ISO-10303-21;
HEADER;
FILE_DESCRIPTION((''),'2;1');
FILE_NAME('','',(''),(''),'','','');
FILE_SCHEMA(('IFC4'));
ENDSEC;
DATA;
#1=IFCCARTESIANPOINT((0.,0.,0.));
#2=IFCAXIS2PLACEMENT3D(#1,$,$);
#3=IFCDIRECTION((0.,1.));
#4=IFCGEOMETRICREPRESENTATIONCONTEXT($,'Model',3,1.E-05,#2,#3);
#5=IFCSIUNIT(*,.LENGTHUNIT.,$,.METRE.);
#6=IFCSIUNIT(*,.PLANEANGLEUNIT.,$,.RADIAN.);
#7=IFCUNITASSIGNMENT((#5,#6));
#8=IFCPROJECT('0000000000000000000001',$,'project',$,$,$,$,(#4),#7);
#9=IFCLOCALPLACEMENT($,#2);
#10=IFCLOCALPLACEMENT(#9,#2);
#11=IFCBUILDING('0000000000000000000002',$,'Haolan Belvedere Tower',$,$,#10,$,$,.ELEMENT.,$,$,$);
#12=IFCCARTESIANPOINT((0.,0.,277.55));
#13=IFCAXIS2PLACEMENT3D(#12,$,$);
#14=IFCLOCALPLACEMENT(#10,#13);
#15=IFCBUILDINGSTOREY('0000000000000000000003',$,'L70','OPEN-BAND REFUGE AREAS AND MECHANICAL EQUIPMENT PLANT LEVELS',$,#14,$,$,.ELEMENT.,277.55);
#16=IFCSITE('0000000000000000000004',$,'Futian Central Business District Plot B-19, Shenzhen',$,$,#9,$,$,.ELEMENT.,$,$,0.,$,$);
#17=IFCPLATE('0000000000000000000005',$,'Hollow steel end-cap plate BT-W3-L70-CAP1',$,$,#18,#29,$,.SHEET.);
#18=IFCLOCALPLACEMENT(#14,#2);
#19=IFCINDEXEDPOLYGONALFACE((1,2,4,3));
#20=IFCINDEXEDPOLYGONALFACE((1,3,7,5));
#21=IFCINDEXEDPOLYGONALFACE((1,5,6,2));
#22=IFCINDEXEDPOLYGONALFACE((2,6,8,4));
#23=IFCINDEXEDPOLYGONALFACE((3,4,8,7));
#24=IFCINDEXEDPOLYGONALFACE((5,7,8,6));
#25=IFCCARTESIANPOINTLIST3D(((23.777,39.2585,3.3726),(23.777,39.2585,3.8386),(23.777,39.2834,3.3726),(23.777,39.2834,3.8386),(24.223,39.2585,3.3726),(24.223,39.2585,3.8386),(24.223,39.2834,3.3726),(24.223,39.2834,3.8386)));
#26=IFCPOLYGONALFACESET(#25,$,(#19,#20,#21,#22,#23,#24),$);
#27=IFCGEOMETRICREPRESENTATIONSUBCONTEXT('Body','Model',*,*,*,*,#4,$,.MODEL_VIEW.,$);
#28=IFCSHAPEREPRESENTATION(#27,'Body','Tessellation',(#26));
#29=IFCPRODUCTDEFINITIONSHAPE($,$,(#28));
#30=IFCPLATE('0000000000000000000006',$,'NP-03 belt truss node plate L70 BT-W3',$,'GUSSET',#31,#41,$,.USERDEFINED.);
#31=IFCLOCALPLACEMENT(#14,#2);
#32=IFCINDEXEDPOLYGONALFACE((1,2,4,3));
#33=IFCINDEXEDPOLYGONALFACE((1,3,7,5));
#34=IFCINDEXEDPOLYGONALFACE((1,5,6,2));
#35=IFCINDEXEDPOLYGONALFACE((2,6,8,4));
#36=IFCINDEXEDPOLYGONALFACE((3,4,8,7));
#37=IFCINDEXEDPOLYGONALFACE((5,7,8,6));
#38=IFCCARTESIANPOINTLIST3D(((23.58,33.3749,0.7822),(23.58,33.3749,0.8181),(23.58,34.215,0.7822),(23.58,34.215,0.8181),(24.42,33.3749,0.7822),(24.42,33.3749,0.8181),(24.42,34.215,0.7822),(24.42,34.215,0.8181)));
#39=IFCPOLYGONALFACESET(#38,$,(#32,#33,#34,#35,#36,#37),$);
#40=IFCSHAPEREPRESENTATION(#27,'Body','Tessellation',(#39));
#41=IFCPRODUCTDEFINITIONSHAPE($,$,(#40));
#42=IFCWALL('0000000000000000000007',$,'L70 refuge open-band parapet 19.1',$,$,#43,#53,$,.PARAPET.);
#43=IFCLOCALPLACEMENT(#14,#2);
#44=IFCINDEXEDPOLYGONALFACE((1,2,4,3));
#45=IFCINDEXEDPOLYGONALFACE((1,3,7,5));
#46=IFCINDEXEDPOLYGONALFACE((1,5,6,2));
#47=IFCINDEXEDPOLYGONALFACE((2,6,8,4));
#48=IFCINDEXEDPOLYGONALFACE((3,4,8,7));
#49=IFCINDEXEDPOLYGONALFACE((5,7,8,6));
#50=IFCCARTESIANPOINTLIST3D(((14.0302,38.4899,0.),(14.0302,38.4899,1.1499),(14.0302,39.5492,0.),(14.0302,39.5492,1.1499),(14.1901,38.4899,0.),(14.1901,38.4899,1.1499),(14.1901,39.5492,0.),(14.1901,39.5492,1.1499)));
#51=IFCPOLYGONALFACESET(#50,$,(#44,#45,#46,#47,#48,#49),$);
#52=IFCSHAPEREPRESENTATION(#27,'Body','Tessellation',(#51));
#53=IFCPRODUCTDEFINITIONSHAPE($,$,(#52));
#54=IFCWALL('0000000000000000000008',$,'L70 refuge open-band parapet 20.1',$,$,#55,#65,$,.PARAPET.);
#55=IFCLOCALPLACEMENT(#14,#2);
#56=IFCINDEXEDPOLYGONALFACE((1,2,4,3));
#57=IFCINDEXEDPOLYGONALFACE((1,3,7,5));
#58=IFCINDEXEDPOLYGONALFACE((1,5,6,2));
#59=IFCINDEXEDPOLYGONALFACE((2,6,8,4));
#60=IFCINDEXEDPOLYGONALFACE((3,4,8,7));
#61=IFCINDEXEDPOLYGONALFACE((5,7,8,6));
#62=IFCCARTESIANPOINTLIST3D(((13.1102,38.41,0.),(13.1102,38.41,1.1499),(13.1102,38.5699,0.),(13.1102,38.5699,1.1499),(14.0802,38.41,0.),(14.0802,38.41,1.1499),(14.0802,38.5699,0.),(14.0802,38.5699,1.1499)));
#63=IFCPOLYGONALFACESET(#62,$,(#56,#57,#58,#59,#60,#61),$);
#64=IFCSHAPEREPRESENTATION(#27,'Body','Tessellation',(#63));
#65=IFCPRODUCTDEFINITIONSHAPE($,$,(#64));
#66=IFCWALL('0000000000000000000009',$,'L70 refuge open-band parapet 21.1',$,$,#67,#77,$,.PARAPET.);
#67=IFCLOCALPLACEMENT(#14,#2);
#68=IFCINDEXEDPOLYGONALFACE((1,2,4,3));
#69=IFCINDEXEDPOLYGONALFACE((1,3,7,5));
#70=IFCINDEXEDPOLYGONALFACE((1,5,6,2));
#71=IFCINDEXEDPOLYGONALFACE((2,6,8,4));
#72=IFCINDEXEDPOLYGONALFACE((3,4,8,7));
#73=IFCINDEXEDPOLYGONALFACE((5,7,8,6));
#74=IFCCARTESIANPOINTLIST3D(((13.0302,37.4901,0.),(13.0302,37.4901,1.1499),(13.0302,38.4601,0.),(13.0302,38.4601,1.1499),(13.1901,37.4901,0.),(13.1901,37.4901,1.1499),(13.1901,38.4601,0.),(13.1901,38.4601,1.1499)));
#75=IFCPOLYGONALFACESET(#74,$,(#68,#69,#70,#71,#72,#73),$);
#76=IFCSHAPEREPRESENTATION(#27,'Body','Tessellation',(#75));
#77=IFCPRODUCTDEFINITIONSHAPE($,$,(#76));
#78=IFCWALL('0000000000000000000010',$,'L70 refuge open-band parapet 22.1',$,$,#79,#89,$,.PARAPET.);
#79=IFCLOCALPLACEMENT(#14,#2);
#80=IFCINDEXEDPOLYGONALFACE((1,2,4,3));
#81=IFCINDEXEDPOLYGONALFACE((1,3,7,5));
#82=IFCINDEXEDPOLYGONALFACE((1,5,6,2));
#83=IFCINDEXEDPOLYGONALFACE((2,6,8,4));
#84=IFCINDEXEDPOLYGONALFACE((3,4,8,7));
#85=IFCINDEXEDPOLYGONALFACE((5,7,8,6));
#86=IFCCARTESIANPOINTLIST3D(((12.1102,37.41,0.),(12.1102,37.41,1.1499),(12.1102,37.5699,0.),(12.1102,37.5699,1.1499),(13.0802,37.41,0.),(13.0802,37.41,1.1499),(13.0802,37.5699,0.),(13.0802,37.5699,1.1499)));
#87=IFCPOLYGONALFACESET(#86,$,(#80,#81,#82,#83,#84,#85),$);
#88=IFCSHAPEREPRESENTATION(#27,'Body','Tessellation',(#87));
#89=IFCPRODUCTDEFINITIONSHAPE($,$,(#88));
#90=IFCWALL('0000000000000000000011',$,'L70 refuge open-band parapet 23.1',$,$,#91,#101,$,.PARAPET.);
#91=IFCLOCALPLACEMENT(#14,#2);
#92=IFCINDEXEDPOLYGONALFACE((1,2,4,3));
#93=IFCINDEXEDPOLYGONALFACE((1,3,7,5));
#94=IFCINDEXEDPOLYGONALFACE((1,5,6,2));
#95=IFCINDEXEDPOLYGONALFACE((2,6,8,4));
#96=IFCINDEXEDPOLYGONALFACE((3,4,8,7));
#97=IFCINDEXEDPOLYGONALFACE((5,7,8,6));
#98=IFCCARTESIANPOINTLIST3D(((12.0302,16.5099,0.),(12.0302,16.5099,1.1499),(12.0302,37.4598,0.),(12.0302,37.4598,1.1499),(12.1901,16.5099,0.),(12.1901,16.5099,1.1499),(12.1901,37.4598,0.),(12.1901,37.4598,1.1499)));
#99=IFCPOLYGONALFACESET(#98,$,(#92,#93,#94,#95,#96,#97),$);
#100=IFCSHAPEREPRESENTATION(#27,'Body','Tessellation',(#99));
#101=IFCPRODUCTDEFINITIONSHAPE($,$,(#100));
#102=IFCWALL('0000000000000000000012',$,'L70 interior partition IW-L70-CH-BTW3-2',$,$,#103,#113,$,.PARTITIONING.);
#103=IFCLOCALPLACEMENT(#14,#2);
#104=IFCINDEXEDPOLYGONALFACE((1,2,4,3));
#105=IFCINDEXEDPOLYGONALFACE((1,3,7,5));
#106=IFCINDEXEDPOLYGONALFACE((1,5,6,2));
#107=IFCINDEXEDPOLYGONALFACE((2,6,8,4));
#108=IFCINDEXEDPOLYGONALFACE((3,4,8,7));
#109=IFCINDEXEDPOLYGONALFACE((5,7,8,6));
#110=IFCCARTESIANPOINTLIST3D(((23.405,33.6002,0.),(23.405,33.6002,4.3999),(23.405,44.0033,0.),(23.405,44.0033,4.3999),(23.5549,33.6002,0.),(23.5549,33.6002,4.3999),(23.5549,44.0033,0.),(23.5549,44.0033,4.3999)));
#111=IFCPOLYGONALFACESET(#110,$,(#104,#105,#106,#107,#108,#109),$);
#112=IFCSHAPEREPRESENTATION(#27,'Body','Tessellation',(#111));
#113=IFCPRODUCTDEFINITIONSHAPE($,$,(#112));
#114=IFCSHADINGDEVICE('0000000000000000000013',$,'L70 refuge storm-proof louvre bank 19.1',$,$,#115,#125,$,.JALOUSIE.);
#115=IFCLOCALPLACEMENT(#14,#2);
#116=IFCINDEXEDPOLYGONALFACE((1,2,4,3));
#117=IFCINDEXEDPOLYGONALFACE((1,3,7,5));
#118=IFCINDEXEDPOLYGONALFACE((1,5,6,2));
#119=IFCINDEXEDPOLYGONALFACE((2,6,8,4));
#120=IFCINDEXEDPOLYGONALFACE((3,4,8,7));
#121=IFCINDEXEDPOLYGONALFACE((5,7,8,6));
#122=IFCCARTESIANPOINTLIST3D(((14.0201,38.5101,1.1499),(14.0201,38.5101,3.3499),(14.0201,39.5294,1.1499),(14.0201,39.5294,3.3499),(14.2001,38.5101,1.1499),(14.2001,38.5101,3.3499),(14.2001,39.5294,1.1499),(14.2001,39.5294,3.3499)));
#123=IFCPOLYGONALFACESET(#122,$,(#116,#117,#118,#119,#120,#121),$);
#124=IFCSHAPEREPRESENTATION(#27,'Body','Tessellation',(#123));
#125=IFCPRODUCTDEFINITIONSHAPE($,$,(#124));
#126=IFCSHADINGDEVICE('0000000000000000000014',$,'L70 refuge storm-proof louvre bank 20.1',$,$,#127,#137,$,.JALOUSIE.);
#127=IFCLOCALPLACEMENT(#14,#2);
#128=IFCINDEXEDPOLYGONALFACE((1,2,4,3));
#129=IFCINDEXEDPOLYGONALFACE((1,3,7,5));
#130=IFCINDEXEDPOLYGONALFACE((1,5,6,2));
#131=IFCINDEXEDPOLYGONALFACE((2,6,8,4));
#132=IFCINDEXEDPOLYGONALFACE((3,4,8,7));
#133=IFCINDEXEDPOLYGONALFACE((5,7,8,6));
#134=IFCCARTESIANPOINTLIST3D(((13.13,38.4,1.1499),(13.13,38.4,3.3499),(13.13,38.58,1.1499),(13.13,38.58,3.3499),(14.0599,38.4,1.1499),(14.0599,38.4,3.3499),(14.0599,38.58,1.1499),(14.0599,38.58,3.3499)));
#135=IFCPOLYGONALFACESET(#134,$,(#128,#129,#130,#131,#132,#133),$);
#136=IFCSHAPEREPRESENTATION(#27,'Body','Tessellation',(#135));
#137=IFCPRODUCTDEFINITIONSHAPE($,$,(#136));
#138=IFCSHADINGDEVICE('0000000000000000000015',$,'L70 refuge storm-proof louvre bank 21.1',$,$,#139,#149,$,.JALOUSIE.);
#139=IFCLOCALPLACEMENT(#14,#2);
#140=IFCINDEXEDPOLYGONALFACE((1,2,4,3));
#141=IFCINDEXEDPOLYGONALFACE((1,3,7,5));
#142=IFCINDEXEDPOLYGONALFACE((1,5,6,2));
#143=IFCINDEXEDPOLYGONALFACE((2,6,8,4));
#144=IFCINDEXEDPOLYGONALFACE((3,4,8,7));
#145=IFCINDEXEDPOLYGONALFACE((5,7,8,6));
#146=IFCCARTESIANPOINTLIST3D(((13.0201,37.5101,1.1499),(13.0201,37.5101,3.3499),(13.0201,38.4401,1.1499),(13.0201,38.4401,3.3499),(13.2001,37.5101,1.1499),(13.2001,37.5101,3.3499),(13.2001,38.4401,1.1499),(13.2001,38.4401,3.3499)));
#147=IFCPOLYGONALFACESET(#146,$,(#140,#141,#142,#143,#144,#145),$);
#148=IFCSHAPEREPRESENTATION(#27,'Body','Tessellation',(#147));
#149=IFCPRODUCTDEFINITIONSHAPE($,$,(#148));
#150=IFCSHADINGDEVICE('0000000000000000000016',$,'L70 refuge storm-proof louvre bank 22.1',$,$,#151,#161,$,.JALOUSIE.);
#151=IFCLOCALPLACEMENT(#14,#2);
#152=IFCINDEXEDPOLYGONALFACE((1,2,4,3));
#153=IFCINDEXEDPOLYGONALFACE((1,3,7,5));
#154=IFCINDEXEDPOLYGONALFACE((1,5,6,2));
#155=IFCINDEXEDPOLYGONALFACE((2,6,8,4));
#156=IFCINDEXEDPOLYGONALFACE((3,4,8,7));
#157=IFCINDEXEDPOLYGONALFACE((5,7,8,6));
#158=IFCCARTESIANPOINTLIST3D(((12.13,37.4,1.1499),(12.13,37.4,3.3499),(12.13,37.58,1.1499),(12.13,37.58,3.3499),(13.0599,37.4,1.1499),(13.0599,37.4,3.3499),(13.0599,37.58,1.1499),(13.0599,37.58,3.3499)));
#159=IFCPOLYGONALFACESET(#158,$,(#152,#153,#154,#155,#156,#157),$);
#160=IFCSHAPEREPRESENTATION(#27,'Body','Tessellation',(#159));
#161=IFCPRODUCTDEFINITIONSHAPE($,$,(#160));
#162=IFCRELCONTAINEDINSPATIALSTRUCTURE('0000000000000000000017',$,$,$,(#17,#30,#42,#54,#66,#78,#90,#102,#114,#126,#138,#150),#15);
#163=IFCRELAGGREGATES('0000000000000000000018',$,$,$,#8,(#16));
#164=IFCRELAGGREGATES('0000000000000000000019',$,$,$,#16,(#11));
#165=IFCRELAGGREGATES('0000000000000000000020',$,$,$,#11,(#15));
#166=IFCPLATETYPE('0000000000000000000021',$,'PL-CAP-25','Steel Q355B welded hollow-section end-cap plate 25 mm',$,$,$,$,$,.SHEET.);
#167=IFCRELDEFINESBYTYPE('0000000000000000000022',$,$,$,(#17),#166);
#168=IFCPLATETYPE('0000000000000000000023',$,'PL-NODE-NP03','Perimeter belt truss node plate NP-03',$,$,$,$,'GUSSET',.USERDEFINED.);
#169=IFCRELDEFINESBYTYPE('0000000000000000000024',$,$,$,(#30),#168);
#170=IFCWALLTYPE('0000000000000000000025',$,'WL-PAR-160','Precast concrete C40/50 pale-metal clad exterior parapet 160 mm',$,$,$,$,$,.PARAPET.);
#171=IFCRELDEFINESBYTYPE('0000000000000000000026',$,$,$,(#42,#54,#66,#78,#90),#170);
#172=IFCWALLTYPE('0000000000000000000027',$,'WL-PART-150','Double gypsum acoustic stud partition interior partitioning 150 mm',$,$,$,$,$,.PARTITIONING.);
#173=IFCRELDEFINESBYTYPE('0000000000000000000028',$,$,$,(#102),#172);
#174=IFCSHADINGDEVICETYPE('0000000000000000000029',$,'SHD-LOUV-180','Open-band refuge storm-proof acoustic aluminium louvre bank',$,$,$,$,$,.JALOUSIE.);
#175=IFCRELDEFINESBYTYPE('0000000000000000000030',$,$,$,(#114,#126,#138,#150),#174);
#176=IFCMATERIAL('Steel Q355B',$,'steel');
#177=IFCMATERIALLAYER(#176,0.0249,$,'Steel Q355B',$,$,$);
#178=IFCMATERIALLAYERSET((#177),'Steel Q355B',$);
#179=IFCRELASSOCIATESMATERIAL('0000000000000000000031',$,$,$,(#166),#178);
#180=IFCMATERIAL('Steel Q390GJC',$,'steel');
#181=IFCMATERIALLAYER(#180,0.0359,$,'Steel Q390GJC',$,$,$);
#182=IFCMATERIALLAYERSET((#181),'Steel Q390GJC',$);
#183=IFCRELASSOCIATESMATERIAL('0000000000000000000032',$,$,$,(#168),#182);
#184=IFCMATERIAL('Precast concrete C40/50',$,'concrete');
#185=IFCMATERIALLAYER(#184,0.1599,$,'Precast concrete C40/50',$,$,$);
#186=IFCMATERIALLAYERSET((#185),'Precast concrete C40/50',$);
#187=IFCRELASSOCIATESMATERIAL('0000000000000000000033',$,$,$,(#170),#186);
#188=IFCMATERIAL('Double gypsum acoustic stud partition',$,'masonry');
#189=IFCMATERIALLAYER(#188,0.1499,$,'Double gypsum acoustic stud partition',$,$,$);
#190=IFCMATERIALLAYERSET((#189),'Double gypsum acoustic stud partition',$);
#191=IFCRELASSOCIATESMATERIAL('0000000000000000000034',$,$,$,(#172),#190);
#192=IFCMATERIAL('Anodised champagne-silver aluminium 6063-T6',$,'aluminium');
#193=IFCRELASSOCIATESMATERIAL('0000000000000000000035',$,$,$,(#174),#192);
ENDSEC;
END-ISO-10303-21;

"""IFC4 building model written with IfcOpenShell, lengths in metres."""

from ifc_helpers import new_model, si_unit, direction, frame, frame_2d, origin, origin_2d, place, context, subcontext, project, spatial, rectangle, extrude, material, layer, layer_set, type_object, element, save


model = new_model("IFC4")

# Units and contexts
model_context = context("Model", 3, precision=1e-05, world=origin(), true_north=direction((0.0, 1.0)))
body_context = subcontext(model_context, "Body", "Model", "MODEL_VIEW")
ifc_project = project(units=[si_unit("LENGTHUNIT", "METRE"), si_unit("PLANEANGLEUNIT", "RADIAN")], contexts=[model_context])

# Site, building, storey
site_placement = place(None, origin())
site = spatial("IfcSite", under=ifc_project, at=site_placement, Name="Futian Central Business District Plot B-19, Shenzhen", CompositionType="ELEMENT", RefElevation=0.0)
building_placement = place(site_placement, origin())
building = spatial("IfcBuilding", under=site, at=building_placement, Name="Haolan Belvedere Tower", CompositionType="ELEMENT")
storey_placement = place(building_placement, frame((0.0, 0.0, 277.55)))
storey = spatial("IfcBuildingStorey", under=building, at=storey_placement, Name="L70", Description="OPEN-BAND REFUGE AREAS AND MECHANICAL EQUIPMENT PLANT LEVELS", CompositionType="ELEMENT", Elevation=277.55)

# Shared definitions
ifc_material_1 = material(Name="Steel Q390GJC", Category="steel")

# Shared definitions
ifc_material_2 = material(Name="Steel Q355B", Category="steel")

# Plates
ifc_layer_1 = layer(ifc_material_2, 0.0249, Name="Steel Q355B")
ifc_layer_set_1 = layer_set([ifc_layer_1], Name="Steel Q355B")
plate_type_1 = type_object("IfcPlateType", Name="PL-CAP-25", Description="Steel Q355B welded hollow-section end-cap plate 25 mm", PredefinedType="SHEET", material=ifc_layer_set_1)
for number, where, z_axis, x_axis, name in (
    (1, (24.0, 39.271, 3.3726), (0.0, 0.0, 1.0), (-1.0, 0.0, 0.0), "Hollow steel end-cap plate BT-W3-L70-CAP1"),
):
    element("IfcPlate", number, at=place(storey_placement, frame(where, z_axis=z_axis, x_axis=x_axis)), inside=storey, type_object=plate_type_1, Name=name, PredefinedType="SHEET", context=body_context, shape_type="SweptSolid", body=[
        extrude(rectangle(XDim=0.446, YDim=0.0249, at=origin_2d()), origin(), (0.0, 0.0, 1.0), 0.4661),
    ])
ifc_layer_2 = layer(ifc_material_1, 0.0359, Name="Steel Q390GJC")
ifc_layer_set_2 = layer_set([ifc_layer_2], Name="Steel Q390GJC")
plate_type_2 = type_object("IfcPlateType", Name="PL-NODE-NP03", Description="Perimeter belt truss node plate NP-03", ElementType="GUSSET", PredefinedType="USERDEFINED", material=ifc_layer_set_2)
plate_1_placement = place(storey_placement, frame((24.0, 33.7949, 0.7822), z_axis=(0.0, 0.0, 1.0), x_axis=(1.0, 0.0, 0.0)))
element("IfcPlate", 2, at=plate_1_placement, inside=storey, type_object=plate_type_2, Name="NP-03 belt truss node plate L70 BT-W3", ObjectType="GUSSET", PredefinedType="USERDEFINED", context=body_context, shape_type="SweptSolid", body=[
    extrude(rectangle(XDim=0.8401, YDim=0.8401, at=origin_2d()), origin(), (0.0, 0.0, 1.0), 0.0359),
])

# Walls
ifc_material_3 = material(Name="Precast concrete C40/50", Category="concrete")
ifc_layer_3 = layer(ifc_material_3, 0.1599, Name="Precast concrete C40/50")
ifc_layer_set_3 = layer_set([ifc_layer_3], Name="Precast concrete C40/50")
wall_type_1 = type_object("IfcWallType", Name="WL-PAR-160", Description="Precast concrete C40/50 pale-metal clad exterior parapet 160 mm", PredefinedType="PARAPET", material=ifc_layer_set_3)
wall_1_placement = place(storey_placement, frame((14.1101, 39.5493, 0.0), z_axis=(0.0, 0.0, 1.0), x_axis=(0.0, -1.0, 0.0)))
element("IfcWall", 3, at=wall_1_placement, inside=storey, type_object=wall_type_1, Name="L70 refuge open-band parapet 19.1", PredefinedType="PARAPET", context=body_context, shape_type="SweptSolid", body=[
    extrude(rectangle(XDim=1.0593, YDim=0.1599, at=frame_2d((0.5298, 0.0))), origin(), (0.0, 0.0, 1.0), 1.1499),
])
for number, where, z_axis, x_axis, name in (
    (4, (14.0801, 38.49, 0.0), (0.0, 0.0, 1.0), (-1.0, 0.0, 0.0), "L70 refuge open-band parapet 20.1"),
    (5, (13.1101, 38.46, 0.0), (0.0, 0.0, 1.0), (0.0, -1.0, 0.0), "L70 refuge open-band parapet 21.1"),
    (6, (13.0801, 37.49, 0.0), (0.0, 0.0, 1.0), (-1.0, 0.0, 0.0), "L70 refuge open-band parapet 22.1"),
):
    element("IfcWall", number, at=place(storey_placement, frame(where, z_axis=z_axis, x_axis=x_axis)), inside=storey, type_object=wall_type_1, Name=name, PredefinedType="PARAPET", context=body_context, shape_type="SweptSolid", body=[
        extrude(rectangle(XDim=0.97, YDim=0.1599, at=frame_2d((0.4849, 0.0))), origin(), (0.0, 0.0, 1.0), 1.1499),
    ])
wall_2_placement = place(storey_placement, frame((12.1101, 37.46, 0.0), z_axis=(0.0, 0.0, 1.0), x_axis=(0.0, -1.0, 0.0)))
element("IfcWall", 7, at=wall_2_placement, inside=storey, type_object=wall_type_1, Name="L70 refuge open-band parapet 23.1", PredefinedType="PARAPET", context=body_context, shape_type="SweptSolid", body=[
    extrude(rectangle(XDim=20.95, YDim=0.1599, at=frame_2d((10.4751, 0.0))), origin(), (0.0, 0.0, 1.0), 1.1499),
])
ifc_material_4 = material(Name="Double gypsum acoustic stud partition", Category="masonry")
ifc_layer_4 = layer(ifc_material_4, 0.1499, Name="Double gypsum acoustic stud partition")
ifc_layer_set_4 = layer_set([ifc_layer_4], Name="Double gypsum acoustic stud partition")
wall_type_2 = type_object("IfcWallType", Name="WL-PART-150", Description="Double gypsum acoustic stud partition interior partitioning 150 mm", PredefinedType="PARTITIONING", material=ifc_layer_set_4)
wall_3_placement = place(storey_placement, frame((23.48, 33.6001, 0.0), z_axis=(0.0, 0.0, 1.0), x_axis=(0.0, 1.0, 0.0)))
element("IfcWall", 8, at=wall_3_placement, inside=storey, type_object=wall_type_2, Name="L70 interior partition IW-L70-CH-BTW3-2", PredefinedType="PARTITIONING", context=body_context, shape_type="SweptSolid", body=[
    extrude(rectangle(XDim=10.4031, YDim=0.1499, at=frame_2d((5.2017, 0.0))), origin(), (0.0, 0.0, 1.0), 4.3999),
])

# Shading devices
ifc_material_5 = material(Name="Anodised champagne-silver aluminium 6063-T6", Category="aluminium")
shading_device_type = type_object("IfcShadingDeviceType", Name="SHD-LOUV-180", Description="Open-band refuge storm-proof acoustic aluminium louvre bank", PredefinedType="JALOUSIE", material=ifc_material_5)
shading_device_placement = place(storey_placement, frame((14.1101, 39.0198, 1.1499), z_axis=(0.0, 0.0, 1.0), x_axis=(0.0, -1.0, 0.0)))
element("IfcShadingDevice", 9, at=shading_device_placement, inside=storey, type_object=shading_device_type, Name="L70 refuge storm-proof louvre bank 19.1", PredefinedType="JALOUSIE", context=body_context, shape_type="SweptSolid", body=[
    extrude(rectangle(XDim=1.0193, YDim=0.1799, at=origin_2d()), origin(), (0.0, 0.0, 1.0), 2.2),
])
for number, where, z_axis, x_axis, name in (
    (10, (13.595, 38.49, 1.1499), (0.0, 0.0, 1.0), (-1.0, 0.0, 0.0), "L70 refuge storm-proof louvre bank 20.1"),
    (11, (13.1101, 37.9751, 1.1499), (0.0, 0.0, 1.0), (0.0, -1.0, 0.0), "L70 refuge storm-proof louvre bank 21.1"),
    (12, (12.595, 37.49, 1.1499), (0.0, 0.0, 1.0), (-1.0, 0.0, 0.0), "L70 refuge storm-proof louvre bank 22.1"),
):
    element("IfcShadingDevice", number, at=place(storey_placement, frame(where, z_axis=z_axis, x_axis=x_axis)), inside=storey, type_object=shading_device_type, Name=name, PredefinedType="JALOUSIE", context=body_context, shape_type="SweptSolid", body=[
        extrude(rectangle(XDim=0.9299, YDim=0.1799, at=origin_2d()), origin(), (0.0, 0.0, 1.0), 2.2),
    ])

save(model, "model.ifc")
